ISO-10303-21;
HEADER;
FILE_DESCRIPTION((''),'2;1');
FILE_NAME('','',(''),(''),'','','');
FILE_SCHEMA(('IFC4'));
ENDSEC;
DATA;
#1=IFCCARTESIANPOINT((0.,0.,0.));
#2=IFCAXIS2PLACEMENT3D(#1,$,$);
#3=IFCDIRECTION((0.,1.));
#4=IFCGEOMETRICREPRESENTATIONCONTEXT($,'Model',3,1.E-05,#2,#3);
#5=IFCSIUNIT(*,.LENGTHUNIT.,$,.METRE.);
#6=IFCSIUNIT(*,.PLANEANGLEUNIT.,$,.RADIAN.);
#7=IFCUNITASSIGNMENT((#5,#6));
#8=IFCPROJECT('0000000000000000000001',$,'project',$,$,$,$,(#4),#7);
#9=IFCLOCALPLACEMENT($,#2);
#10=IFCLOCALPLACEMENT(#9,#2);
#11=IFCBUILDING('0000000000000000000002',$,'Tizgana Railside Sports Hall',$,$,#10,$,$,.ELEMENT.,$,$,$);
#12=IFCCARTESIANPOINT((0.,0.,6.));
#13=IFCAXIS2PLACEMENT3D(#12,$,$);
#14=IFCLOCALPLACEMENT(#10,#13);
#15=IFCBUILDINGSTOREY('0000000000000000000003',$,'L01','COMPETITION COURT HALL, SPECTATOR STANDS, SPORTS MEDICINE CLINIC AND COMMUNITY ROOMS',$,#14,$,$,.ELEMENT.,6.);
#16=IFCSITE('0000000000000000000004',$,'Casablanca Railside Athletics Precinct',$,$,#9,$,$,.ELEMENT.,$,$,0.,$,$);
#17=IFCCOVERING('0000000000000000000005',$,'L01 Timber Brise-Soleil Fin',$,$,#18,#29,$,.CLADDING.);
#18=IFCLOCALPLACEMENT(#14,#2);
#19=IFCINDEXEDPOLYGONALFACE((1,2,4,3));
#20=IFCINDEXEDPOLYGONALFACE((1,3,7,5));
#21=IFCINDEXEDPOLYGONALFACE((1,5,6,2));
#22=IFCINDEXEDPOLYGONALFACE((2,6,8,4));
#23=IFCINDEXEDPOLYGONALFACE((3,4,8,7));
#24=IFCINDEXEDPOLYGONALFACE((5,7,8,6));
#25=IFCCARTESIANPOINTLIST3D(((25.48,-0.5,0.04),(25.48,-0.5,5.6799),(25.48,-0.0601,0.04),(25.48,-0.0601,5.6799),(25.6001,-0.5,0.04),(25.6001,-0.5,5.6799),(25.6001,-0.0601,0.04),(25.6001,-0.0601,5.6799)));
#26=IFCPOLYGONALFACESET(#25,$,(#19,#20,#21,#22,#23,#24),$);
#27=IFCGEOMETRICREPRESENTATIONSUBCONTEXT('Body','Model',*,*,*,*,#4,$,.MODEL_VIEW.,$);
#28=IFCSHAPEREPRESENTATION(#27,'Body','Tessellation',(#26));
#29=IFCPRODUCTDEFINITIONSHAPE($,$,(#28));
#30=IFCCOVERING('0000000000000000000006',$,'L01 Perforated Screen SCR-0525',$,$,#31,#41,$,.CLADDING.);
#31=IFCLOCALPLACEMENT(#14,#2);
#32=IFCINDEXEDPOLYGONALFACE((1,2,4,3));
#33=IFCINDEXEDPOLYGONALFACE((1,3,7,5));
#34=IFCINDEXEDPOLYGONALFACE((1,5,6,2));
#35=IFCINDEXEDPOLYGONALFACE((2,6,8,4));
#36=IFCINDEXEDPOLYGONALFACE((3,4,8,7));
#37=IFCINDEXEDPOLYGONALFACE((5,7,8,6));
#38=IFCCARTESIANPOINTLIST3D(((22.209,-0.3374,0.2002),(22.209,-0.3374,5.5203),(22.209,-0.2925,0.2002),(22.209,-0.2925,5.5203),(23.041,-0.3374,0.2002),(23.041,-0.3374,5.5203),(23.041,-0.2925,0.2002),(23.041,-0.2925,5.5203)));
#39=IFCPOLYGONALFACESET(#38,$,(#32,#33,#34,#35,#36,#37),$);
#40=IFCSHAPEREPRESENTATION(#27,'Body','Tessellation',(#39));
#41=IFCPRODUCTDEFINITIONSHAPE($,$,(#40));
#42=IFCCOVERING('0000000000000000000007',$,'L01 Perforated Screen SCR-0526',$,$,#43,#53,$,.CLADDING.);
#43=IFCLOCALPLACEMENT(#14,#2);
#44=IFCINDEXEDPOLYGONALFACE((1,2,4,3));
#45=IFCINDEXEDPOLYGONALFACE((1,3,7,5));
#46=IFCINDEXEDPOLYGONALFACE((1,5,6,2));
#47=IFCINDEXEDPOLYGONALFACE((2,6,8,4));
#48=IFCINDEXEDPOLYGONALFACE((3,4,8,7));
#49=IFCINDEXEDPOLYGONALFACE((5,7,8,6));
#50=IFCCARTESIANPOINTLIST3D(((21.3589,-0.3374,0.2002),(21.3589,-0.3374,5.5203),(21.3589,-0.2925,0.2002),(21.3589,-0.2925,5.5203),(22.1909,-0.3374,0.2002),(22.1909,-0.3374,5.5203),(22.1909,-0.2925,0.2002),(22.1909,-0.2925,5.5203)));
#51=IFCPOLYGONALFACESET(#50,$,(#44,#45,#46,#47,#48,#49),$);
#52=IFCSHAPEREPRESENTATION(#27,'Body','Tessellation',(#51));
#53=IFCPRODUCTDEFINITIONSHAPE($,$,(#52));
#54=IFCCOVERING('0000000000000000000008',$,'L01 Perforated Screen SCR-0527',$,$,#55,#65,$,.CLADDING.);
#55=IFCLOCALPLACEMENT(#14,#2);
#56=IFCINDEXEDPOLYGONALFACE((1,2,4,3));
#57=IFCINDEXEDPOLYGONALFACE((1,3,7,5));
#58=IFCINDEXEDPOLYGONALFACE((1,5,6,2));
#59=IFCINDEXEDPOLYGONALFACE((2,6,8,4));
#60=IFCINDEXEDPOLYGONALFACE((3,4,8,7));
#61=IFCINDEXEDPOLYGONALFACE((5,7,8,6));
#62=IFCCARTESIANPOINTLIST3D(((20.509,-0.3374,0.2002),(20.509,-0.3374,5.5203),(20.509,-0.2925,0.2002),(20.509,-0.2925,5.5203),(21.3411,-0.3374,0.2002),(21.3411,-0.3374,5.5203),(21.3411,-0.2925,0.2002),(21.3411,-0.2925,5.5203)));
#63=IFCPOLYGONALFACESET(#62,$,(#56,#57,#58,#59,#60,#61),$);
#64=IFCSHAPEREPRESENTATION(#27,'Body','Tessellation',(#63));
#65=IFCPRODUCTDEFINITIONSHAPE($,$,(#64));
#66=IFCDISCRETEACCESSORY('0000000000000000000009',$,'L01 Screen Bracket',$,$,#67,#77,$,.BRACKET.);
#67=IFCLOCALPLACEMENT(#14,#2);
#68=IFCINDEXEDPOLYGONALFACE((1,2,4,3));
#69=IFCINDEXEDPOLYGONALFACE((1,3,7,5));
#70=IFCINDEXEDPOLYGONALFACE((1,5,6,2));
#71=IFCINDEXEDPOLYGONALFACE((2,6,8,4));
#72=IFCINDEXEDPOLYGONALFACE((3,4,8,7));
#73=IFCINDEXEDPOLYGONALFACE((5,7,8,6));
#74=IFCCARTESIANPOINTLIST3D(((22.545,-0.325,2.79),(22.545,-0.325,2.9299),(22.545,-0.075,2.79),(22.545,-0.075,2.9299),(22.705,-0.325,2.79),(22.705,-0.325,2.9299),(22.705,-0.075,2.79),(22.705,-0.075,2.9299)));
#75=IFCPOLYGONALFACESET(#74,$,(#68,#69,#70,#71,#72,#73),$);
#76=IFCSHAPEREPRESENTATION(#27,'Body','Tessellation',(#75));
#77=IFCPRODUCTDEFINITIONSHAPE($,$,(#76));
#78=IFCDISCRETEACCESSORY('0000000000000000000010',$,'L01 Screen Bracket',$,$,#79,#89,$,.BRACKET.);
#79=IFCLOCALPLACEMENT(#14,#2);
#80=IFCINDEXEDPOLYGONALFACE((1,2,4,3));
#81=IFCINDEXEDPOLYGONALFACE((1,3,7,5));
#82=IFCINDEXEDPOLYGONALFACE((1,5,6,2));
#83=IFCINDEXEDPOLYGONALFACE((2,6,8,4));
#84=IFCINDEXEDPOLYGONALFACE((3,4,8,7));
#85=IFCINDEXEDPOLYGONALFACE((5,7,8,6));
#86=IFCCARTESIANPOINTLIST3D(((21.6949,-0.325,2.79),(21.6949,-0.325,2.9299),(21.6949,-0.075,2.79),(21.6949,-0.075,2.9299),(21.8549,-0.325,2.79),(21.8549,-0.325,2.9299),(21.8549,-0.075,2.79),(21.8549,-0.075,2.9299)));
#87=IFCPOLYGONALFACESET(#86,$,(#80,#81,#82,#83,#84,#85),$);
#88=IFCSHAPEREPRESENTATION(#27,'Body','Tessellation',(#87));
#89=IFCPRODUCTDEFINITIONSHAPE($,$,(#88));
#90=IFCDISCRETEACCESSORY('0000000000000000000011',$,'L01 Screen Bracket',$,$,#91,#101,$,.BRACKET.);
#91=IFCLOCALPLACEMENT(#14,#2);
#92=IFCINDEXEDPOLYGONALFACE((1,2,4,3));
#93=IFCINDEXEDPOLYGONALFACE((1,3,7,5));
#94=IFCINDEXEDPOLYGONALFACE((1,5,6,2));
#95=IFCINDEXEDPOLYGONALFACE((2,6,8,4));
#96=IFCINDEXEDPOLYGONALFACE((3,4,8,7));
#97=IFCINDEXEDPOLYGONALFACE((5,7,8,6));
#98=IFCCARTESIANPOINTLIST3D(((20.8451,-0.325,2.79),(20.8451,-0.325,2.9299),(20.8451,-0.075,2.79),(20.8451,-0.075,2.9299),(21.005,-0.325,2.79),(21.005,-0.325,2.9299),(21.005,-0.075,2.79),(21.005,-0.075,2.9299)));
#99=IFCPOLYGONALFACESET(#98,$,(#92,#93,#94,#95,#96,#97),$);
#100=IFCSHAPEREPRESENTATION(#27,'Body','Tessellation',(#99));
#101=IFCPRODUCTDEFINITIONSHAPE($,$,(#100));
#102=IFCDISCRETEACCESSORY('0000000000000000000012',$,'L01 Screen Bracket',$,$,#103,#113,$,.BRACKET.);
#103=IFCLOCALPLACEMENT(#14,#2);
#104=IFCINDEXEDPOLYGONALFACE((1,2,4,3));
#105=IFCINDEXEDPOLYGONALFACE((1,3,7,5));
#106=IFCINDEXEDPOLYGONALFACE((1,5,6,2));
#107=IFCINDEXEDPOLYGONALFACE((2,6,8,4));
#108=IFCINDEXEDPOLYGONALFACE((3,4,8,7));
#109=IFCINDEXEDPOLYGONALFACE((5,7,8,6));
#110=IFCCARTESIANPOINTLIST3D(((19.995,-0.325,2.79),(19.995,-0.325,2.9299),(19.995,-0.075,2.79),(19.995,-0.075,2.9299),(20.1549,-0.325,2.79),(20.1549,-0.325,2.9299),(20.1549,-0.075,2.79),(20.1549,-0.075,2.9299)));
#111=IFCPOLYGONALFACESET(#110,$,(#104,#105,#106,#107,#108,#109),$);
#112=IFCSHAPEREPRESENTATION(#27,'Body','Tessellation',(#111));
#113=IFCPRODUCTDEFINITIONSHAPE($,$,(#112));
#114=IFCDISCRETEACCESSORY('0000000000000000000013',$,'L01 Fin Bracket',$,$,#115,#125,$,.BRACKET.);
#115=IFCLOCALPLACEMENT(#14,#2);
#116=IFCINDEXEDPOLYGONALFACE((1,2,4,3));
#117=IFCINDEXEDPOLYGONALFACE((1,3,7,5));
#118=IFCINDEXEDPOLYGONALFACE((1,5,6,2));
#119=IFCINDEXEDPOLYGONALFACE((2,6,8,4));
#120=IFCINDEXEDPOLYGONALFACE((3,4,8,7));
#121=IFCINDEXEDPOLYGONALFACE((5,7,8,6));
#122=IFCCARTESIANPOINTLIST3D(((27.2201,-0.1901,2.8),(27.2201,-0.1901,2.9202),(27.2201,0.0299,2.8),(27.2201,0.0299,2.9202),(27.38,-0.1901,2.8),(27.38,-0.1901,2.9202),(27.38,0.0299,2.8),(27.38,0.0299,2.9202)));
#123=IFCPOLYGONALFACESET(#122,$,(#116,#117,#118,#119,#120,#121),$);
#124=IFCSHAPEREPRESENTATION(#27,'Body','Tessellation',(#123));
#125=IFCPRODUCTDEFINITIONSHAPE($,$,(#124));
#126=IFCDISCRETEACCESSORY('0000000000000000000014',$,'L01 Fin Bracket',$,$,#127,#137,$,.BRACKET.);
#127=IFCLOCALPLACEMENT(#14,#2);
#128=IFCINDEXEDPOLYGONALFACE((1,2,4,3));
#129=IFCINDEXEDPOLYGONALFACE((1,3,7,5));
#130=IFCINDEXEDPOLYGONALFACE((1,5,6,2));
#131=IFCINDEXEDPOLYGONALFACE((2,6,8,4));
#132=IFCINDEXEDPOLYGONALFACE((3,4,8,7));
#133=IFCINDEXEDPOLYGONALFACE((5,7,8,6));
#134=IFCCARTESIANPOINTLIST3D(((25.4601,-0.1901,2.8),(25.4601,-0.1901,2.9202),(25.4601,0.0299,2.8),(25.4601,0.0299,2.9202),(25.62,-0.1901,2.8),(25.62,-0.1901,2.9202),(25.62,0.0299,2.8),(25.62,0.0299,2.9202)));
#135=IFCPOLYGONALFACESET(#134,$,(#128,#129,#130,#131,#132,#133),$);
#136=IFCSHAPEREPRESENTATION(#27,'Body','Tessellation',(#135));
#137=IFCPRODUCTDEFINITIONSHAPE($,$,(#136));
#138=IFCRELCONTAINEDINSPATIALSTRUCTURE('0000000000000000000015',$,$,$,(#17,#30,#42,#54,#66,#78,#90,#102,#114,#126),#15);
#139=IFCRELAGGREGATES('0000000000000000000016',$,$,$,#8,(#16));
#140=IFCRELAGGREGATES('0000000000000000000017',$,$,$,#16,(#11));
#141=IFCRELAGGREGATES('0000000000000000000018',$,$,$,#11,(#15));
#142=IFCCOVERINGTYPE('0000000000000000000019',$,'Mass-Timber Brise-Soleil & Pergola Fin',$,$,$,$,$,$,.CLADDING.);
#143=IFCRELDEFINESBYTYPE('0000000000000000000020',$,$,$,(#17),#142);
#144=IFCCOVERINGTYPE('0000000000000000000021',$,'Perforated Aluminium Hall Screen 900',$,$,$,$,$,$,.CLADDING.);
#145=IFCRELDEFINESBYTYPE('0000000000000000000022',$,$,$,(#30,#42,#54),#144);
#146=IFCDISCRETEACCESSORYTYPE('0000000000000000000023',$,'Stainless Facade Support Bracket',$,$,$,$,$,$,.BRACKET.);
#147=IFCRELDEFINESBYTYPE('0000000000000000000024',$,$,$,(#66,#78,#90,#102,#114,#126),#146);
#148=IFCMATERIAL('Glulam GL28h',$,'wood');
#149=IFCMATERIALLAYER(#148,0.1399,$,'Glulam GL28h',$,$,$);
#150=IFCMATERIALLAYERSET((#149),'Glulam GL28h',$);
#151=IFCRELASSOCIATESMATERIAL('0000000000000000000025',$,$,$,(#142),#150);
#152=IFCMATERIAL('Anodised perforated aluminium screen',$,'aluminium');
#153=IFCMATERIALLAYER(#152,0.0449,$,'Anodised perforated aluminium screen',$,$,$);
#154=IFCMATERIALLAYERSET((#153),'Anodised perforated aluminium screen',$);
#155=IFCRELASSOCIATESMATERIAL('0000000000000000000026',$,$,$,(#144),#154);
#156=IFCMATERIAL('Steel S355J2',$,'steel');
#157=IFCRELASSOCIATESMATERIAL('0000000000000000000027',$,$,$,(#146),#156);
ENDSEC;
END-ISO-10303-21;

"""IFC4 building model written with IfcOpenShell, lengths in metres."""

from ifc_helpers import new_model, si_unit, direction, frame, origin, origin_2d, place, context, subcontext, project, spatial, rectangle, extrude, material, layer, layer_set, type_object, element, save


model = new_model("IFC4")

# Units and contexts
model_context = context("Model", 3, precision=1e-05, world=origin(), true_north=direction((0.0, 1.0)))
body_context = subcontext(model_context, "Body", "Model", "MODEL_VIEW")
ifc_project = project(units=[si_unit("LENGTHUNIT", "METRE"), si_unit("PLANEANGLEUNIT", "RADIAN")], contexts=[model_context])

# Site, building, storey
site_placement = place(None, origin())
site = spatial("IfcSite", under=ifc_project, at=site_placement, Name="Casablanca Railside Athletics Precinct", CompositionType="ELEMENT", RefElevation=0.0)
building_placement = place(site_placement, origin())
building = spatial("IfcBuilding", under=site, at=building_placement, Name="Tizgana Railside Sports Hall", CompositionType="ELEMENT")
storey_placement = place(building_placement, frame((0.0, 0.0, 6.0)))
storey = spatial("IfcBuildingStorey", under=building, at=storey_placement, Name="L01", Description="COMPETITION COURT HALL, SPECTATOR STANDS, SPORTS MEDICINE CLINIC AND COMMUNITY ROOMS", CompositionType="ELEMENT", Elevation=6.0)

# Shared definitions
ifc_material_1 = material(Name="Steel S355J2", Category="steel")

# Shared definitions
ifc_material_2 = material(Name="Glulam GL28h", Category="wood")

# Coverings
ifc_layer_1 = layer(ifc_material_2, 0.1399, Name="Glulam GL28h")
ifc_layer_set_1 = layer_set([ifc_layer_1], Name="Glulam GL28h")
covering_type_1 = type_object("IfcCoveringType", Name="Mass-Timber Brise-Soleil & Pergola Fin", PredefinedType="CLADDING", material=ifc_layer_set_1)
for number, where, z_axis, x_axis, name in (
    (1, (25.54, -0.28, 0.04), (0.0, 0.0, 1.0), (-1.0, 0.0, 0.0), "L01 Timber Brise-Soleil Fin"),
):
    element("IfcCovering", number, at=place(storey_placement, frame(where, z_axis=z_axis, x_axis=x_axis)), inside=storey, type_object=covering_type_1, Name=name, PredefinedType="CLADDING", context=body_context, shape_type="SweptSolid", body=[
        extrude(rectangle(XDim=0.1201, YDim=0.4399, at=origin_2d()), origin(), (0.0, 0.0, 1.0), 5.6399),
    ])
ifc_material_3 = material(Name="Anodised perforated aluminium screen", Category="aluminium")
ifc_layer_2 = layer(ifc_material_3, 0.0449, Name="Anodised perforated aluminium screen")
ifc_layer_set_2 = layer_set([ifc_layer_2], Name="Anodised perforated aluminium screen")
covering_type_2 = type_object("IfcCoveringType", Name="Perforated Aluminium Hall Screen 900", PredefinedType="CLADDING", material=ifc_layer_set_2)
for number, where, z_axis, x_axis, name in (
    (2, (22.625, -0.3149, 0.2002), (0.0, 0.0, 1.0), (-1.0, 0.0, 0.0), "L01 Perforated Screen SCR-0525"),
    (3, (21.7749, -0.3149, 0.2002), (0.0, 0.0, 1.0), (-1.0, 0.0, 0.0), "L01 Perforated Screen SCR-0526"),
    (4, (20.925, -0.3149, 0.2002), (0.0, 0.0, 1.0), (-1.0, 0.0, 0.0), "L01 Perforated Screen SCR-0527"),
):
    element("IfcCovering", number, at=place(storey_placement, frame(where, z_axis=z_axis, x_axis=x_axis)), inside=storey, type_object=covering_type_2, Name=name, PredefinedType="CLADDING", context=body_context, shape_type="SweptSolid", body=[
        extrude(rectangle(XDim=0.832, YDim=0.0449, at=origin_2d()), origin(), (0.0, 0.0, 1.0), 5.3201),
    ])

# Discrete accessories
discrete_accessory_type = type_object("IfcDiscreteAccessoryType", Name="Stainless Facade Support Bracket", PredefinedType="BRACKET", material=ifc_material_1)
for number, where, z_axis, x_axis, name in (
    (5, (22.625, -0.2, 2.79), (0.0, 0.0, 1.0), (-1.0, 0.0, 0.0), "L01 Screen Bracket"),
    (6, (21.7749, -0.2, 2.79), (0.0, 0.0, 1.0), (-1.0, 0.0, 0.0), "L01 Screen Bracket"),
    (7, (20.925, -0.2, 2.79), (0.0, 0.0, 1.0), (-1.0, 0.0, 0.0), "L01 Screen Bracket"),
    (8, (20.075, -0.2, 2.79), (0.0, 0.0, 1.0), (-1.0, 0.0, 0.0), "L01 Screen Bracket"),
):
    element("IfcDiscreteAccessory", number, at=place(storey_placement, frame(where, z_axis=z_axis, x_axis=x_axis)), inside=storey, type_object=discrete_accessory_type, Name=name, PredefinedType="BRACKET", context=body_context, shape_type="SweptSolid", body=[
        extrude(rectangle(XDim=0.1599, YDim=0.25, at=origin_2d()), origin(), (0.0, 0.0, 1.0), 0.1399),
    ])
for number, where, z_axis, x_axis, name in (
    (9, (27.3, -0.0801, 2.8), (0.0, 0.0, 1.0), (-1.0, 0.0, 0.0), "L01 Fin Bracket"),
    (10, (25.54, -0.0801, 2.8), (0.0, 0.0, 1.0), (-1.0, 0.0, 0.0), "L01 Fin Bracket"),
):
    element("IfcDiscreteAccessory", number, at=place(storey_placement, frame(where, z_axis=z_axis, x_axis=x_axis)), inside=storey, type_object=discrete_accessory_type, Name=name, PredefinedType="BRACKET", context=body_context, shape_type="SweptSolid", body=[
        extrude(rectangle(XDim=0.1599, YDim=0.22, at=origin_2d()), origin(), (0.0, 0.0, 1.0), 0.1201),
    ])

save(model, "model.ifc")
